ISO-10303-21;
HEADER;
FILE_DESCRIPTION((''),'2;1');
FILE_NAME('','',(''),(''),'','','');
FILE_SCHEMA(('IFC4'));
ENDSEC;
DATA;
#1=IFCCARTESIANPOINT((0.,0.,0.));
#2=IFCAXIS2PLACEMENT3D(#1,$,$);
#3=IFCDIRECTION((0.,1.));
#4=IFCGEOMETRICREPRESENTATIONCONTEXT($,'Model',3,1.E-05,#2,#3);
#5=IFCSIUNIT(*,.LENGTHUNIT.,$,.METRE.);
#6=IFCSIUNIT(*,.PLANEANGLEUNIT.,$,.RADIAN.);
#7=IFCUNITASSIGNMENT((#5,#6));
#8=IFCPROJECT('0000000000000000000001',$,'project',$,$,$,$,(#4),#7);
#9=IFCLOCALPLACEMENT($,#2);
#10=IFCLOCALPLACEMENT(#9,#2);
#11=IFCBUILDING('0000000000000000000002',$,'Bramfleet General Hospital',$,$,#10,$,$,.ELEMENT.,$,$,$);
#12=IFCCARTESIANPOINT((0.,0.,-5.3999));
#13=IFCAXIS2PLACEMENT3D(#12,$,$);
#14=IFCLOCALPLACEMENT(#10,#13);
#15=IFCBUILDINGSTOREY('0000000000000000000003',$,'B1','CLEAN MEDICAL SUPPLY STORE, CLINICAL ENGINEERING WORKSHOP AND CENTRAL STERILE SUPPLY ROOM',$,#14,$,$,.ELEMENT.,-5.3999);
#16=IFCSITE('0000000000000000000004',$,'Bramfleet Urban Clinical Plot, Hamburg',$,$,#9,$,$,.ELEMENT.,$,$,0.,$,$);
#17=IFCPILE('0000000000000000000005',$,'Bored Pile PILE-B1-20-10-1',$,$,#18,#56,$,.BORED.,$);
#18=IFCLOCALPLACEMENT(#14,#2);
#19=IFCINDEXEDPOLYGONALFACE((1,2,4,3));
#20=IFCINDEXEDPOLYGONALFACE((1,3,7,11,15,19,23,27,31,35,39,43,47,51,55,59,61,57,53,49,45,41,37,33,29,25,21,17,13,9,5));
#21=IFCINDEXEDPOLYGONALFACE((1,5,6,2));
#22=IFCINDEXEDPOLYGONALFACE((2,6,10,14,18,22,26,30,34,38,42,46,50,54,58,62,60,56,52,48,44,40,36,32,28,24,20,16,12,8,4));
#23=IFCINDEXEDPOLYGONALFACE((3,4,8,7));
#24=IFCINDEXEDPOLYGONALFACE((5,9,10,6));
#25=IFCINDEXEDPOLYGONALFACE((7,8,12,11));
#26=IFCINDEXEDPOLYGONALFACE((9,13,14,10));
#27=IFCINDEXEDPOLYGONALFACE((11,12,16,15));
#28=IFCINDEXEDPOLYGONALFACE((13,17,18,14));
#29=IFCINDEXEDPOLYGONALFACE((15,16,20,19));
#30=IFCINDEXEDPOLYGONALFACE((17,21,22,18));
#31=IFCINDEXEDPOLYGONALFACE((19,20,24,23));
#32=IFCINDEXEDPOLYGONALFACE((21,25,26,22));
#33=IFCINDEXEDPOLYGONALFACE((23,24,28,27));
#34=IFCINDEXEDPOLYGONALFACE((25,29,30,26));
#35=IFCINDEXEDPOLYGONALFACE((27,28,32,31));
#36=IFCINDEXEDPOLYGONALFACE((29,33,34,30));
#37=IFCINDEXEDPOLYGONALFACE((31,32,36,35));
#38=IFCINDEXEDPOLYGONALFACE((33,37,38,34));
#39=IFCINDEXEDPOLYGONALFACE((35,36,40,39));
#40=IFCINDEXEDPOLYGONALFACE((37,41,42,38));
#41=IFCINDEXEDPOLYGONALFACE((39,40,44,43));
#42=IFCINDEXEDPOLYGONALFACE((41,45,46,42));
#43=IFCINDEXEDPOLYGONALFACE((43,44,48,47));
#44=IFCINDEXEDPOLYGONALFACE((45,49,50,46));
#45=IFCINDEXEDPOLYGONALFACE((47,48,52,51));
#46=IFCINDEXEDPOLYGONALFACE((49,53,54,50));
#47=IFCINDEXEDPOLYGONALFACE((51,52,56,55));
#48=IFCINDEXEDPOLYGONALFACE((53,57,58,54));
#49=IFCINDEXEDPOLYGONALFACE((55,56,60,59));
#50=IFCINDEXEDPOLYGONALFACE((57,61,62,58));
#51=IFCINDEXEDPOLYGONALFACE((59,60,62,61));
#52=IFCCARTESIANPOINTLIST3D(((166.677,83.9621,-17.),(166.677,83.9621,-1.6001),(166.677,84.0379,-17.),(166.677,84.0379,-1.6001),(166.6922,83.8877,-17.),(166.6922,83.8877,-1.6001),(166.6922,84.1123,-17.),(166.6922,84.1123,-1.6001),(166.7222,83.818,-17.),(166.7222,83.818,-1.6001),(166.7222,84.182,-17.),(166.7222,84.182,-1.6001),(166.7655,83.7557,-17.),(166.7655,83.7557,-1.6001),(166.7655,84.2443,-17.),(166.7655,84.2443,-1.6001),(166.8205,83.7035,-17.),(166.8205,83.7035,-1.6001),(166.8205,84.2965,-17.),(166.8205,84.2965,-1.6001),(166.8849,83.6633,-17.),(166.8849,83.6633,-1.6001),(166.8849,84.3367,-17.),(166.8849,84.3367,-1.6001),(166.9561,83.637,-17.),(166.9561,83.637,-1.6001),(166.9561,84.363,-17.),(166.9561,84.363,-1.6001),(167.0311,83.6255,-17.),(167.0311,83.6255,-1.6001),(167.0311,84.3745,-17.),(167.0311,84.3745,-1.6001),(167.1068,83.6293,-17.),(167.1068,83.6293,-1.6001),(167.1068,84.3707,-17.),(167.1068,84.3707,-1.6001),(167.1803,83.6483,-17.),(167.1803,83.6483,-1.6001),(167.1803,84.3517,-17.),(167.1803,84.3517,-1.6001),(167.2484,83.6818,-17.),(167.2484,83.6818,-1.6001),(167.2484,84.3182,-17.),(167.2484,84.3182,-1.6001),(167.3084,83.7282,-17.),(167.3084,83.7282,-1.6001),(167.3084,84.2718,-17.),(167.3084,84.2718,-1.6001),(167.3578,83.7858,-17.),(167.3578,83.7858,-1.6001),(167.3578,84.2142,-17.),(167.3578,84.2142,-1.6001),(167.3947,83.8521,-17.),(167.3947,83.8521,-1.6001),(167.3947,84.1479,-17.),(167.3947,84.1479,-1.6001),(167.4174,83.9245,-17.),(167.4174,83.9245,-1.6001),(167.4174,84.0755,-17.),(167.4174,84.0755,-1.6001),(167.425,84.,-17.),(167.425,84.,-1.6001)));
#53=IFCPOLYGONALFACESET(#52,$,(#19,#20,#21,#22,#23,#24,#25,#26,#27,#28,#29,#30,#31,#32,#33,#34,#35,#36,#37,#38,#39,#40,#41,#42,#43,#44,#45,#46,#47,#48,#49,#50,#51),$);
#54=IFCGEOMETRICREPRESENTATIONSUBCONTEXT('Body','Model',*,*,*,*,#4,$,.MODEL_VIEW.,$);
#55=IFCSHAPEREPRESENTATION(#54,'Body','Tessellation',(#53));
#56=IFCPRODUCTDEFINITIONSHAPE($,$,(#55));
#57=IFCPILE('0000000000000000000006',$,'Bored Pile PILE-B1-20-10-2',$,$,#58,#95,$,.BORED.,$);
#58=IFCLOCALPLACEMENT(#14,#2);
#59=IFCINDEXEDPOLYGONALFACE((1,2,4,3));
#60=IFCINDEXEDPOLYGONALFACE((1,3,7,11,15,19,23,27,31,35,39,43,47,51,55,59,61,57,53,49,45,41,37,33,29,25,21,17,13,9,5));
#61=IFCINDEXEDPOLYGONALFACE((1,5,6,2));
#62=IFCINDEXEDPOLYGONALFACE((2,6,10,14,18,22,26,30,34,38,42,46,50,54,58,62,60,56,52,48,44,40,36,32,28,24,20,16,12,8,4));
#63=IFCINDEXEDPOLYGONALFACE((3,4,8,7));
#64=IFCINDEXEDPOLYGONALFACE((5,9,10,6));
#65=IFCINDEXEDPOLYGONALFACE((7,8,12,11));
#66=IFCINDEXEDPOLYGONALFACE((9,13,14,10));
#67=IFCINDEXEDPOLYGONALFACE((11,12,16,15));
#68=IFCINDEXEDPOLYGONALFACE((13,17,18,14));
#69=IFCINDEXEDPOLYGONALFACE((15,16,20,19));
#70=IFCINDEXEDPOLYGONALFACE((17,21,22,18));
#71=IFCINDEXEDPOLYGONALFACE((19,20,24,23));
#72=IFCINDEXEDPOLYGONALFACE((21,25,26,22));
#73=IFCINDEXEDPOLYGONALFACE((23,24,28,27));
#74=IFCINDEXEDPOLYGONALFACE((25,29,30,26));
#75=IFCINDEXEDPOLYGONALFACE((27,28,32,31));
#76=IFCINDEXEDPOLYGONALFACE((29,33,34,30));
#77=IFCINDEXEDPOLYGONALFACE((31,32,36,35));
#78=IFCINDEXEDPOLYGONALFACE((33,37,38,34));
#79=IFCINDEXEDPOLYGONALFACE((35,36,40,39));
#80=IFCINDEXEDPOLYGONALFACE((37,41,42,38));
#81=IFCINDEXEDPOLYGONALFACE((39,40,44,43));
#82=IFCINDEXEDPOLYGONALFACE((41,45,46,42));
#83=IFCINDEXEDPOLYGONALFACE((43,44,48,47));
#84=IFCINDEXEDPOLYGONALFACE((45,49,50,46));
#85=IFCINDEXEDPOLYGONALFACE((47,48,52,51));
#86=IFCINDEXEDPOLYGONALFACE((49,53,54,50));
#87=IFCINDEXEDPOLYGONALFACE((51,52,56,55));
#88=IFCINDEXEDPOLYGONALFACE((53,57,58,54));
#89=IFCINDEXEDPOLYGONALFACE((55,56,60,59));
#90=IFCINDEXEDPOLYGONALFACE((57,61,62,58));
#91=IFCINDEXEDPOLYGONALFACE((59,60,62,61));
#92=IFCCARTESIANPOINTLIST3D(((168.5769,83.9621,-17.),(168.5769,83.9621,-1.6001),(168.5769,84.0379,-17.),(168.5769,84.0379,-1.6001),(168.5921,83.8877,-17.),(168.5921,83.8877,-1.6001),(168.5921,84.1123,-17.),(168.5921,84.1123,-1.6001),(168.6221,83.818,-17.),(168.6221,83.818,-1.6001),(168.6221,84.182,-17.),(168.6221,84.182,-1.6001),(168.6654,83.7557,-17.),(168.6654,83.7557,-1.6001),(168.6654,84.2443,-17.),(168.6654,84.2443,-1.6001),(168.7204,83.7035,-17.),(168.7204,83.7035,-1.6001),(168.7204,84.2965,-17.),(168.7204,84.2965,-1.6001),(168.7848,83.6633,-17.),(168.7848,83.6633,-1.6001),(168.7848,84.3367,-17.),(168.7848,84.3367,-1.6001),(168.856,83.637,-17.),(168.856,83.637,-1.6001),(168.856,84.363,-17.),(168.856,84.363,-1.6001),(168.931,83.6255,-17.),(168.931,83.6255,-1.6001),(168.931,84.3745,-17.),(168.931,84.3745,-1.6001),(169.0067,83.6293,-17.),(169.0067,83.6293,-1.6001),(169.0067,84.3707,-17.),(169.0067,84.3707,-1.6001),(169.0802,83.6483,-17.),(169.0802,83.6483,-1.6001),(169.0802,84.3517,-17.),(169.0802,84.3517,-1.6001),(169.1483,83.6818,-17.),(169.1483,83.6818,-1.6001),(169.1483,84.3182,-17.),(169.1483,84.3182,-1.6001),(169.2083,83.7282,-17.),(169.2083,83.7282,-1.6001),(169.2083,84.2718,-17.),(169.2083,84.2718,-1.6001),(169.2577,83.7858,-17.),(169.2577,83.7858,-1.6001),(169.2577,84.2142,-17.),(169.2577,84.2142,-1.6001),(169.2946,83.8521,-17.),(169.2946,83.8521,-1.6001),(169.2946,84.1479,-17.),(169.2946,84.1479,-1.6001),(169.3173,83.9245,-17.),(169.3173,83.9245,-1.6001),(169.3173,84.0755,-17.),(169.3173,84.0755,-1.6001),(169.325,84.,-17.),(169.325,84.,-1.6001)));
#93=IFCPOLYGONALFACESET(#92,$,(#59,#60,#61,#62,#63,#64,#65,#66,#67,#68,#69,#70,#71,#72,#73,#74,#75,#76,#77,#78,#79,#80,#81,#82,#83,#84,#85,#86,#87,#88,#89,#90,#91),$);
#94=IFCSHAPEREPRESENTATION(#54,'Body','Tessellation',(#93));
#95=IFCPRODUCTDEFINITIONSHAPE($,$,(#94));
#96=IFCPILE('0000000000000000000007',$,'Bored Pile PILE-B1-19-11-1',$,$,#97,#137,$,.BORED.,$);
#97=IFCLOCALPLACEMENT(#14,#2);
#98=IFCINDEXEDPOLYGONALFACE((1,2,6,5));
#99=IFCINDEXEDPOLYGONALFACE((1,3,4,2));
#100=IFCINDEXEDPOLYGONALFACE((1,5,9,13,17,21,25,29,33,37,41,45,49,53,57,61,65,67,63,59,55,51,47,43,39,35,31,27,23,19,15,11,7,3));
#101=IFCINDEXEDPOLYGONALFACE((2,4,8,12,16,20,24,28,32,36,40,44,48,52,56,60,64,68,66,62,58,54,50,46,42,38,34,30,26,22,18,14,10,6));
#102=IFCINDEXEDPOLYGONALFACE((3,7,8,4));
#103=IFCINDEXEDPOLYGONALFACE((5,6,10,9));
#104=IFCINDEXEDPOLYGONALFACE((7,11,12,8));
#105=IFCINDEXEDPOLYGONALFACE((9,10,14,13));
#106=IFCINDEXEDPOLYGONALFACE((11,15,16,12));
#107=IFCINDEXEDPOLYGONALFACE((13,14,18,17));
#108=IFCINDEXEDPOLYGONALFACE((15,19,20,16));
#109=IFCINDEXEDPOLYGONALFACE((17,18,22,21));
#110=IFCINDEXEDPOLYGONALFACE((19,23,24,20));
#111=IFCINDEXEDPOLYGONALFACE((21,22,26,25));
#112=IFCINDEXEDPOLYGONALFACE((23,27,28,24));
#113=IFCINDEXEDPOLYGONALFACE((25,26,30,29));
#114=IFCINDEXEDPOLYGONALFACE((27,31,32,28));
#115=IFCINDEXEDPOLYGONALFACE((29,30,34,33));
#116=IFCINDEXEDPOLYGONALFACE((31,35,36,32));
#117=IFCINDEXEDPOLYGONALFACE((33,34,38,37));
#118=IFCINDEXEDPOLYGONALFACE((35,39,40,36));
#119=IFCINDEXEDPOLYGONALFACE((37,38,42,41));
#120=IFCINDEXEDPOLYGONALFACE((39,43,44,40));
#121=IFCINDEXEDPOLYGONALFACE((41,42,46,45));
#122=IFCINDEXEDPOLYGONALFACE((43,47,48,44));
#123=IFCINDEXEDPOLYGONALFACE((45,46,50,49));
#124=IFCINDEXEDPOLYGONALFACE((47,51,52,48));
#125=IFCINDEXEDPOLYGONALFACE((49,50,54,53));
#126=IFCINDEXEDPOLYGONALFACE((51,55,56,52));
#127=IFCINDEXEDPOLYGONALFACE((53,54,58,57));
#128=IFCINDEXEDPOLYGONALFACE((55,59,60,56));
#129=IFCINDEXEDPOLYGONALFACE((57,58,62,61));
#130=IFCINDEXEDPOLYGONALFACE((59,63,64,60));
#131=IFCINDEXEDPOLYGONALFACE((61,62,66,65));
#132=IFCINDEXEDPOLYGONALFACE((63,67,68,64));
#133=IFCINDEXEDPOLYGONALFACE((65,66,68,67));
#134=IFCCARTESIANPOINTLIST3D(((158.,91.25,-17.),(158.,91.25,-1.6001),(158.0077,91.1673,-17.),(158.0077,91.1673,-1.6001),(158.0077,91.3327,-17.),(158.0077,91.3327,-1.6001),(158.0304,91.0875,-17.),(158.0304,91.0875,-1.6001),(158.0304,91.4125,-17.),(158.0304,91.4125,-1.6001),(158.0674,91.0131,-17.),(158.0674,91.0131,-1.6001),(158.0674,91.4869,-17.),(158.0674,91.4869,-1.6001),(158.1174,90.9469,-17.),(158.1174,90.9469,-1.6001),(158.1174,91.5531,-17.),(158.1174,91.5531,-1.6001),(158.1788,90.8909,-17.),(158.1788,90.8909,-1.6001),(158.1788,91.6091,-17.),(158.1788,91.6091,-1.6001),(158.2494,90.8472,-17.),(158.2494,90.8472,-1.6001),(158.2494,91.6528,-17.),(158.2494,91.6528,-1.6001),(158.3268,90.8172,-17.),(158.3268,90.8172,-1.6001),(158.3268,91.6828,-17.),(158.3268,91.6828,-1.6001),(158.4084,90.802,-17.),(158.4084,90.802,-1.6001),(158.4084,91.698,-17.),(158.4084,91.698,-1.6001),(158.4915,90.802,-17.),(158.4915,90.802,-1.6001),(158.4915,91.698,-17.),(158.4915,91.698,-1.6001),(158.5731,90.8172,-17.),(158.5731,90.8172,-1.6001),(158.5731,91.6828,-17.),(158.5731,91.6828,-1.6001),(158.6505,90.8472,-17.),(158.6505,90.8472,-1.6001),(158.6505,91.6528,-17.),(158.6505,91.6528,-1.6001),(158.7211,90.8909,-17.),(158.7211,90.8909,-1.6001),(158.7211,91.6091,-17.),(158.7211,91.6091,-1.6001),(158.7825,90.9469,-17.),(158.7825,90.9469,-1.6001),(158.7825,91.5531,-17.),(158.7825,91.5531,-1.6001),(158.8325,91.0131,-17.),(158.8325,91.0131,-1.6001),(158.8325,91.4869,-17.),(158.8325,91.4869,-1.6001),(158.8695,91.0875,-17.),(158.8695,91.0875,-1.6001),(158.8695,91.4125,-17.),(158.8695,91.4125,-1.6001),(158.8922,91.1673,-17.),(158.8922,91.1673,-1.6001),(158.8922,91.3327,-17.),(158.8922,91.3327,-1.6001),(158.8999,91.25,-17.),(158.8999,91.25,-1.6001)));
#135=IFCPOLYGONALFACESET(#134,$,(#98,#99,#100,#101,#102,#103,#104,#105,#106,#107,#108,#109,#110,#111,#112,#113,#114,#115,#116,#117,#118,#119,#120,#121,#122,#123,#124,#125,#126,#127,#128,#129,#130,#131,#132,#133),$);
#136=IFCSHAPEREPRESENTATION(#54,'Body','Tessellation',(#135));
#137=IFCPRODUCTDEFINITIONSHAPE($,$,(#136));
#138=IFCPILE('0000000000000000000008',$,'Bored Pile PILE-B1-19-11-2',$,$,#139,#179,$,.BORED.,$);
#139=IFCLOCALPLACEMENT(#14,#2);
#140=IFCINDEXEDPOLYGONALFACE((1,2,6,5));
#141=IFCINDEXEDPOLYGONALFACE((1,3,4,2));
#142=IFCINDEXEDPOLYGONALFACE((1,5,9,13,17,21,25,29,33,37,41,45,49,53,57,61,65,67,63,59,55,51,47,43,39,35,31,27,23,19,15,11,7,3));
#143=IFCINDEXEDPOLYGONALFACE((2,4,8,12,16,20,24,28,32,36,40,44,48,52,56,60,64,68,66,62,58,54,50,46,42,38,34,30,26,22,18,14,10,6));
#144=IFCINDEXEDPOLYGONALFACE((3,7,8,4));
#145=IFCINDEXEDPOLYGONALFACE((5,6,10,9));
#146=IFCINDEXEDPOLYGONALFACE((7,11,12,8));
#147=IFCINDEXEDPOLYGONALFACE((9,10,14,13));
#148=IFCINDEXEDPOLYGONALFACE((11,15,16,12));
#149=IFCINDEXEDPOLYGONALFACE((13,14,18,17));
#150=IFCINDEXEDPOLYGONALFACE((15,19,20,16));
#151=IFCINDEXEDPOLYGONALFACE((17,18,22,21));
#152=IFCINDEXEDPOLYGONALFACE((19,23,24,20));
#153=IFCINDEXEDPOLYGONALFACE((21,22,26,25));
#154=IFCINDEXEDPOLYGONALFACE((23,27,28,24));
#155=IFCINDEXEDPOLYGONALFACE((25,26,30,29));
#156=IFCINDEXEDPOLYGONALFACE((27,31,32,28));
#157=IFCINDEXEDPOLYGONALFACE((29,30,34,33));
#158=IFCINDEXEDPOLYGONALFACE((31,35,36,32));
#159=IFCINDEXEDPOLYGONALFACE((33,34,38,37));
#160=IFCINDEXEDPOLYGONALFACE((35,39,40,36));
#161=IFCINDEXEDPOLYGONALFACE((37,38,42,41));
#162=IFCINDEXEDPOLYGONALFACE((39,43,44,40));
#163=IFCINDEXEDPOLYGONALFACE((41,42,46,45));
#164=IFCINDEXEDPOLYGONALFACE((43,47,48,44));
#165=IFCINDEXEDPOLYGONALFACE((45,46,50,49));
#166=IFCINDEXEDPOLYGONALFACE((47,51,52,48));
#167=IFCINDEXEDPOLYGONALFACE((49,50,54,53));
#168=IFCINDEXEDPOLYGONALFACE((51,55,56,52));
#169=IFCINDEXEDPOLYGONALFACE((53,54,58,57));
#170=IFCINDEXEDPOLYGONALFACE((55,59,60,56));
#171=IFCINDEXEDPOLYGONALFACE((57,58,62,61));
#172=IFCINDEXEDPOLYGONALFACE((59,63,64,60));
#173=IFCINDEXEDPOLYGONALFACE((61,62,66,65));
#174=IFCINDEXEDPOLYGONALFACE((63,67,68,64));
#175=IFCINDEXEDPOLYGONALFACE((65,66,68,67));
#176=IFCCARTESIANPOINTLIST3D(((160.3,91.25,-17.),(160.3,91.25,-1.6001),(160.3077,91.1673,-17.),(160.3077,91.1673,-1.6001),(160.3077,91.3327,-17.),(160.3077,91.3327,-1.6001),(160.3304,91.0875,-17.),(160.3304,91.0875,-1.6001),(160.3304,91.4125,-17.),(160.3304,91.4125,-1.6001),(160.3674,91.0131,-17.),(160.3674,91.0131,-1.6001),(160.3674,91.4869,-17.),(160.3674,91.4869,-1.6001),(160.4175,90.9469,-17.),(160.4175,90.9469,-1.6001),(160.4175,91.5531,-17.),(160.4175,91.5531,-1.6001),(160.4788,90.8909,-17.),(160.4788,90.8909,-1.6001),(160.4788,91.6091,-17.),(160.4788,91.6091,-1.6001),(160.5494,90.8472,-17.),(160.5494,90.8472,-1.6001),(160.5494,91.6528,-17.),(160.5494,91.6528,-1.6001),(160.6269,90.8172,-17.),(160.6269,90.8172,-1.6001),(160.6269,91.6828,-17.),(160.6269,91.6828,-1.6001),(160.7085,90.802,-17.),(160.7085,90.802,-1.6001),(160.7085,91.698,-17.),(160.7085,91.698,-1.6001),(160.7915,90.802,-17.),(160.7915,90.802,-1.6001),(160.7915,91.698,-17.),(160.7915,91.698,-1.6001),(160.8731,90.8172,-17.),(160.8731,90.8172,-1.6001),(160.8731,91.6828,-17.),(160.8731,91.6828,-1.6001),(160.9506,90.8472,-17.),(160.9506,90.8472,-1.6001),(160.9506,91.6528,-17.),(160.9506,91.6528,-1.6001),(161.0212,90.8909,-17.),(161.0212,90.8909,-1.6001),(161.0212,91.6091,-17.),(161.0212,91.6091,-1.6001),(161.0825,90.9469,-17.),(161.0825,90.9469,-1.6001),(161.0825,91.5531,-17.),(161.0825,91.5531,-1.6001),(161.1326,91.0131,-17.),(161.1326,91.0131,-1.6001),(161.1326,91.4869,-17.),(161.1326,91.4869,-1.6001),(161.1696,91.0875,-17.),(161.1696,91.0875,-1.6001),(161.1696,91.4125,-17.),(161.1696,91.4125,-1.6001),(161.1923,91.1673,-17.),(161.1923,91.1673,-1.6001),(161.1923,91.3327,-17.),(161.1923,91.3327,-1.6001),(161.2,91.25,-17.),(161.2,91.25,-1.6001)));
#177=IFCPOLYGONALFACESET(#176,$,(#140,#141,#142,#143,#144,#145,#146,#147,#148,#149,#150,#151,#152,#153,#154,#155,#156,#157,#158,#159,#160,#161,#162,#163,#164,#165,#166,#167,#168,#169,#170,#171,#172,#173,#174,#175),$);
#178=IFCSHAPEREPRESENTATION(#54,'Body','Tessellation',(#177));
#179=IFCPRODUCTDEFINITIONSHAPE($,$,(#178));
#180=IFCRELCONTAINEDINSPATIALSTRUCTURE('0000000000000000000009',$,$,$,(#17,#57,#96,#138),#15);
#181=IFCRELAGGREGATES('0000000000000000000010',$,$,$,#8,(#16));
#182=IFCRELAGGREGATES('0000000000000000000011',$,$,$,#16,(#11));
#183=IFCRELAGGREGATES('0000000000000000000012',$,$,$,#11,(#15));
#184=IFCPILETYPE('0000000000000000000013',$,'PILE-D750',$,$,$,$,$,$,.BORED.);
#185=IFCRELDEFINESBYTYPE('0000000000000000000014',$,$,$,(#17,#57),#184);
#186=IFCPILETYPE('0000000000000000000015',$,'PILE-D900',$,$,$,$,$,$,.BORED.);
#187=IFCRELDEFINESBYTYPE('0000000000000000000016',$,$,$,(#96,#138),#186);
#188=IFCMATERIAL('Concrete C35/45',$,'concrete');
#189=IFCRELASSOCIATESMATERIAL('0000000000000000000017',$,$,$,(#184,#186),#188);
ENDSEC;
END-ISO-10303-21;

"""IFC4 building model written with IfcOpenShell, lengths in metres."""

from ifc_helpers import new_model, si_unit, direction, frame, origin, origin_2d, place, context, subcontext, project, spatial, circle, extrude, material, material_profile, profile_set, type_object, element, save


model = new_model("IFC4")

# Units and contexts
model_context = context("Model", 3, precision=1e-05, world=origin(), true_north=direction((0.0, 1.0)))
body_context = subcontext(model_context, "Body", "Model", "MODEL_VIEW")
ifc_project = project(units=[si_unit("LENGTHUNIT", "METRE"), si_unit("PLANEANGLEUNIT", "RADIAN")], contexts=[model_context])

# Site, building, storey
site_placement = place(None, origin())
site = spatial("IfcSite", under=ifc_project, at=site_placement, Name="Bramfleet Urban Clinical Plot, Hamburg", CompositionType="ELEMENT", RefElevation=0.0)
building_placement = place(site_placement, origin())
building = spatial("IfcBuilding", under=site, at=building_placement, Name="Bramfleet General Hospital", CompositionType="ELEMENT")
storey_placement = place(building_placement, frame((0.0, 0.0, -5.3999)))
storey = spatial("IfcBuildingStorey", under=building, at=storey_placement, Name="B1", Description="CLEAN MEDICAL SUPPLY STORE, CLINICAL ENGINEERING WORKSHOP AND CENTRAL STERILE SUPPLY ROOM", CompositionType="ELEMENT", Elevation=-5.3999)

# Shared definitions
ifc_material_1 = material(Name="Concrete C35/45", Category="concrete")

# Piles
ifc_material_profile_1 = material_profile(ifc_material_1, circle(Radius=0.375, at=origin_2d()), Name="PILE BORED D750")
ifc_profile_set_1 = profile_set([ifc_material_profile_1], Name="Concrete C35/45")
pile_type_1 = type_object("IfcPileType", Name="PILE-D750", PredefinedType="BORED", material=ifc_profile_set_1)
for number, where, z_axis, x_axis, name in (
    (1, (167.05, 84.0, -1.6001), (0.0, 0.0, -1.0), (1.0, 0.0, 0.0), "Bored Pile PILE-B1-20-10-1"),
    (2, (168.95, 84.0, -1.6001), (0.0, 0.0, -1.0), (1.0, 0.0, 0.0), "Bored Pile PILE-B1-20-10-2"),
):
    element("IfcPile", number, at=place(storey_placement, frame(where, z_axis=z_axis, x_axis=x_axis)), inside=storey, type_object=pile_type_1, Name=name, PredefinedType="BORED", context=body_context, shape_type="SweptSolid", body=[
        extrude(circle(Radius=0.375, at=origin_2d()), origin(), (0.0, 0.0, 1.0), 15.3999),
    ])
ifc_material_profile_2 = material_profile(ifc_material_1, circle(Radius=0.45, at=origin_2d()), Name="PILE BORED D900")
ifc_profile_set_2 = profile_set([ifc_material_profile_2], Name="Concrete C35/45")
pile_type_2 = type_object("IfcPileType", Name="PILE-D900", PredefinedType="BORED", material=ifc_profile_set_2)
for number, where, z_axis, x_axis, name in (
    (3, (158.45, 91.25, -1.6001), (0.0, 0.0, -1.0), (1.0, 0.0, 0.0), "Bored Pile PILE-B1-19-11-1"),
    (4, (160.75, 91.25, -1.6001), (0.0, 0.0, -1.0), (1.0, 0.0, 0.0), "Bored Pile PILE-B1-19-11-2"),
):
    element("IfcPile", number, at=place(storey_placement, frame(where, z_axis=z_axis, x_axis=x_axis)), inside=storey, type_object=pile_type_2, Name=name, PredefinedType="BORED", context=body_context, shape_type="SweptSolid", body=[
        extrude(circle(Radius=0.45, at=origin_2d()), origin(), (0.0, 0.0, 1.0), 15.3999),
    ])

save(model, "model.ifc")
